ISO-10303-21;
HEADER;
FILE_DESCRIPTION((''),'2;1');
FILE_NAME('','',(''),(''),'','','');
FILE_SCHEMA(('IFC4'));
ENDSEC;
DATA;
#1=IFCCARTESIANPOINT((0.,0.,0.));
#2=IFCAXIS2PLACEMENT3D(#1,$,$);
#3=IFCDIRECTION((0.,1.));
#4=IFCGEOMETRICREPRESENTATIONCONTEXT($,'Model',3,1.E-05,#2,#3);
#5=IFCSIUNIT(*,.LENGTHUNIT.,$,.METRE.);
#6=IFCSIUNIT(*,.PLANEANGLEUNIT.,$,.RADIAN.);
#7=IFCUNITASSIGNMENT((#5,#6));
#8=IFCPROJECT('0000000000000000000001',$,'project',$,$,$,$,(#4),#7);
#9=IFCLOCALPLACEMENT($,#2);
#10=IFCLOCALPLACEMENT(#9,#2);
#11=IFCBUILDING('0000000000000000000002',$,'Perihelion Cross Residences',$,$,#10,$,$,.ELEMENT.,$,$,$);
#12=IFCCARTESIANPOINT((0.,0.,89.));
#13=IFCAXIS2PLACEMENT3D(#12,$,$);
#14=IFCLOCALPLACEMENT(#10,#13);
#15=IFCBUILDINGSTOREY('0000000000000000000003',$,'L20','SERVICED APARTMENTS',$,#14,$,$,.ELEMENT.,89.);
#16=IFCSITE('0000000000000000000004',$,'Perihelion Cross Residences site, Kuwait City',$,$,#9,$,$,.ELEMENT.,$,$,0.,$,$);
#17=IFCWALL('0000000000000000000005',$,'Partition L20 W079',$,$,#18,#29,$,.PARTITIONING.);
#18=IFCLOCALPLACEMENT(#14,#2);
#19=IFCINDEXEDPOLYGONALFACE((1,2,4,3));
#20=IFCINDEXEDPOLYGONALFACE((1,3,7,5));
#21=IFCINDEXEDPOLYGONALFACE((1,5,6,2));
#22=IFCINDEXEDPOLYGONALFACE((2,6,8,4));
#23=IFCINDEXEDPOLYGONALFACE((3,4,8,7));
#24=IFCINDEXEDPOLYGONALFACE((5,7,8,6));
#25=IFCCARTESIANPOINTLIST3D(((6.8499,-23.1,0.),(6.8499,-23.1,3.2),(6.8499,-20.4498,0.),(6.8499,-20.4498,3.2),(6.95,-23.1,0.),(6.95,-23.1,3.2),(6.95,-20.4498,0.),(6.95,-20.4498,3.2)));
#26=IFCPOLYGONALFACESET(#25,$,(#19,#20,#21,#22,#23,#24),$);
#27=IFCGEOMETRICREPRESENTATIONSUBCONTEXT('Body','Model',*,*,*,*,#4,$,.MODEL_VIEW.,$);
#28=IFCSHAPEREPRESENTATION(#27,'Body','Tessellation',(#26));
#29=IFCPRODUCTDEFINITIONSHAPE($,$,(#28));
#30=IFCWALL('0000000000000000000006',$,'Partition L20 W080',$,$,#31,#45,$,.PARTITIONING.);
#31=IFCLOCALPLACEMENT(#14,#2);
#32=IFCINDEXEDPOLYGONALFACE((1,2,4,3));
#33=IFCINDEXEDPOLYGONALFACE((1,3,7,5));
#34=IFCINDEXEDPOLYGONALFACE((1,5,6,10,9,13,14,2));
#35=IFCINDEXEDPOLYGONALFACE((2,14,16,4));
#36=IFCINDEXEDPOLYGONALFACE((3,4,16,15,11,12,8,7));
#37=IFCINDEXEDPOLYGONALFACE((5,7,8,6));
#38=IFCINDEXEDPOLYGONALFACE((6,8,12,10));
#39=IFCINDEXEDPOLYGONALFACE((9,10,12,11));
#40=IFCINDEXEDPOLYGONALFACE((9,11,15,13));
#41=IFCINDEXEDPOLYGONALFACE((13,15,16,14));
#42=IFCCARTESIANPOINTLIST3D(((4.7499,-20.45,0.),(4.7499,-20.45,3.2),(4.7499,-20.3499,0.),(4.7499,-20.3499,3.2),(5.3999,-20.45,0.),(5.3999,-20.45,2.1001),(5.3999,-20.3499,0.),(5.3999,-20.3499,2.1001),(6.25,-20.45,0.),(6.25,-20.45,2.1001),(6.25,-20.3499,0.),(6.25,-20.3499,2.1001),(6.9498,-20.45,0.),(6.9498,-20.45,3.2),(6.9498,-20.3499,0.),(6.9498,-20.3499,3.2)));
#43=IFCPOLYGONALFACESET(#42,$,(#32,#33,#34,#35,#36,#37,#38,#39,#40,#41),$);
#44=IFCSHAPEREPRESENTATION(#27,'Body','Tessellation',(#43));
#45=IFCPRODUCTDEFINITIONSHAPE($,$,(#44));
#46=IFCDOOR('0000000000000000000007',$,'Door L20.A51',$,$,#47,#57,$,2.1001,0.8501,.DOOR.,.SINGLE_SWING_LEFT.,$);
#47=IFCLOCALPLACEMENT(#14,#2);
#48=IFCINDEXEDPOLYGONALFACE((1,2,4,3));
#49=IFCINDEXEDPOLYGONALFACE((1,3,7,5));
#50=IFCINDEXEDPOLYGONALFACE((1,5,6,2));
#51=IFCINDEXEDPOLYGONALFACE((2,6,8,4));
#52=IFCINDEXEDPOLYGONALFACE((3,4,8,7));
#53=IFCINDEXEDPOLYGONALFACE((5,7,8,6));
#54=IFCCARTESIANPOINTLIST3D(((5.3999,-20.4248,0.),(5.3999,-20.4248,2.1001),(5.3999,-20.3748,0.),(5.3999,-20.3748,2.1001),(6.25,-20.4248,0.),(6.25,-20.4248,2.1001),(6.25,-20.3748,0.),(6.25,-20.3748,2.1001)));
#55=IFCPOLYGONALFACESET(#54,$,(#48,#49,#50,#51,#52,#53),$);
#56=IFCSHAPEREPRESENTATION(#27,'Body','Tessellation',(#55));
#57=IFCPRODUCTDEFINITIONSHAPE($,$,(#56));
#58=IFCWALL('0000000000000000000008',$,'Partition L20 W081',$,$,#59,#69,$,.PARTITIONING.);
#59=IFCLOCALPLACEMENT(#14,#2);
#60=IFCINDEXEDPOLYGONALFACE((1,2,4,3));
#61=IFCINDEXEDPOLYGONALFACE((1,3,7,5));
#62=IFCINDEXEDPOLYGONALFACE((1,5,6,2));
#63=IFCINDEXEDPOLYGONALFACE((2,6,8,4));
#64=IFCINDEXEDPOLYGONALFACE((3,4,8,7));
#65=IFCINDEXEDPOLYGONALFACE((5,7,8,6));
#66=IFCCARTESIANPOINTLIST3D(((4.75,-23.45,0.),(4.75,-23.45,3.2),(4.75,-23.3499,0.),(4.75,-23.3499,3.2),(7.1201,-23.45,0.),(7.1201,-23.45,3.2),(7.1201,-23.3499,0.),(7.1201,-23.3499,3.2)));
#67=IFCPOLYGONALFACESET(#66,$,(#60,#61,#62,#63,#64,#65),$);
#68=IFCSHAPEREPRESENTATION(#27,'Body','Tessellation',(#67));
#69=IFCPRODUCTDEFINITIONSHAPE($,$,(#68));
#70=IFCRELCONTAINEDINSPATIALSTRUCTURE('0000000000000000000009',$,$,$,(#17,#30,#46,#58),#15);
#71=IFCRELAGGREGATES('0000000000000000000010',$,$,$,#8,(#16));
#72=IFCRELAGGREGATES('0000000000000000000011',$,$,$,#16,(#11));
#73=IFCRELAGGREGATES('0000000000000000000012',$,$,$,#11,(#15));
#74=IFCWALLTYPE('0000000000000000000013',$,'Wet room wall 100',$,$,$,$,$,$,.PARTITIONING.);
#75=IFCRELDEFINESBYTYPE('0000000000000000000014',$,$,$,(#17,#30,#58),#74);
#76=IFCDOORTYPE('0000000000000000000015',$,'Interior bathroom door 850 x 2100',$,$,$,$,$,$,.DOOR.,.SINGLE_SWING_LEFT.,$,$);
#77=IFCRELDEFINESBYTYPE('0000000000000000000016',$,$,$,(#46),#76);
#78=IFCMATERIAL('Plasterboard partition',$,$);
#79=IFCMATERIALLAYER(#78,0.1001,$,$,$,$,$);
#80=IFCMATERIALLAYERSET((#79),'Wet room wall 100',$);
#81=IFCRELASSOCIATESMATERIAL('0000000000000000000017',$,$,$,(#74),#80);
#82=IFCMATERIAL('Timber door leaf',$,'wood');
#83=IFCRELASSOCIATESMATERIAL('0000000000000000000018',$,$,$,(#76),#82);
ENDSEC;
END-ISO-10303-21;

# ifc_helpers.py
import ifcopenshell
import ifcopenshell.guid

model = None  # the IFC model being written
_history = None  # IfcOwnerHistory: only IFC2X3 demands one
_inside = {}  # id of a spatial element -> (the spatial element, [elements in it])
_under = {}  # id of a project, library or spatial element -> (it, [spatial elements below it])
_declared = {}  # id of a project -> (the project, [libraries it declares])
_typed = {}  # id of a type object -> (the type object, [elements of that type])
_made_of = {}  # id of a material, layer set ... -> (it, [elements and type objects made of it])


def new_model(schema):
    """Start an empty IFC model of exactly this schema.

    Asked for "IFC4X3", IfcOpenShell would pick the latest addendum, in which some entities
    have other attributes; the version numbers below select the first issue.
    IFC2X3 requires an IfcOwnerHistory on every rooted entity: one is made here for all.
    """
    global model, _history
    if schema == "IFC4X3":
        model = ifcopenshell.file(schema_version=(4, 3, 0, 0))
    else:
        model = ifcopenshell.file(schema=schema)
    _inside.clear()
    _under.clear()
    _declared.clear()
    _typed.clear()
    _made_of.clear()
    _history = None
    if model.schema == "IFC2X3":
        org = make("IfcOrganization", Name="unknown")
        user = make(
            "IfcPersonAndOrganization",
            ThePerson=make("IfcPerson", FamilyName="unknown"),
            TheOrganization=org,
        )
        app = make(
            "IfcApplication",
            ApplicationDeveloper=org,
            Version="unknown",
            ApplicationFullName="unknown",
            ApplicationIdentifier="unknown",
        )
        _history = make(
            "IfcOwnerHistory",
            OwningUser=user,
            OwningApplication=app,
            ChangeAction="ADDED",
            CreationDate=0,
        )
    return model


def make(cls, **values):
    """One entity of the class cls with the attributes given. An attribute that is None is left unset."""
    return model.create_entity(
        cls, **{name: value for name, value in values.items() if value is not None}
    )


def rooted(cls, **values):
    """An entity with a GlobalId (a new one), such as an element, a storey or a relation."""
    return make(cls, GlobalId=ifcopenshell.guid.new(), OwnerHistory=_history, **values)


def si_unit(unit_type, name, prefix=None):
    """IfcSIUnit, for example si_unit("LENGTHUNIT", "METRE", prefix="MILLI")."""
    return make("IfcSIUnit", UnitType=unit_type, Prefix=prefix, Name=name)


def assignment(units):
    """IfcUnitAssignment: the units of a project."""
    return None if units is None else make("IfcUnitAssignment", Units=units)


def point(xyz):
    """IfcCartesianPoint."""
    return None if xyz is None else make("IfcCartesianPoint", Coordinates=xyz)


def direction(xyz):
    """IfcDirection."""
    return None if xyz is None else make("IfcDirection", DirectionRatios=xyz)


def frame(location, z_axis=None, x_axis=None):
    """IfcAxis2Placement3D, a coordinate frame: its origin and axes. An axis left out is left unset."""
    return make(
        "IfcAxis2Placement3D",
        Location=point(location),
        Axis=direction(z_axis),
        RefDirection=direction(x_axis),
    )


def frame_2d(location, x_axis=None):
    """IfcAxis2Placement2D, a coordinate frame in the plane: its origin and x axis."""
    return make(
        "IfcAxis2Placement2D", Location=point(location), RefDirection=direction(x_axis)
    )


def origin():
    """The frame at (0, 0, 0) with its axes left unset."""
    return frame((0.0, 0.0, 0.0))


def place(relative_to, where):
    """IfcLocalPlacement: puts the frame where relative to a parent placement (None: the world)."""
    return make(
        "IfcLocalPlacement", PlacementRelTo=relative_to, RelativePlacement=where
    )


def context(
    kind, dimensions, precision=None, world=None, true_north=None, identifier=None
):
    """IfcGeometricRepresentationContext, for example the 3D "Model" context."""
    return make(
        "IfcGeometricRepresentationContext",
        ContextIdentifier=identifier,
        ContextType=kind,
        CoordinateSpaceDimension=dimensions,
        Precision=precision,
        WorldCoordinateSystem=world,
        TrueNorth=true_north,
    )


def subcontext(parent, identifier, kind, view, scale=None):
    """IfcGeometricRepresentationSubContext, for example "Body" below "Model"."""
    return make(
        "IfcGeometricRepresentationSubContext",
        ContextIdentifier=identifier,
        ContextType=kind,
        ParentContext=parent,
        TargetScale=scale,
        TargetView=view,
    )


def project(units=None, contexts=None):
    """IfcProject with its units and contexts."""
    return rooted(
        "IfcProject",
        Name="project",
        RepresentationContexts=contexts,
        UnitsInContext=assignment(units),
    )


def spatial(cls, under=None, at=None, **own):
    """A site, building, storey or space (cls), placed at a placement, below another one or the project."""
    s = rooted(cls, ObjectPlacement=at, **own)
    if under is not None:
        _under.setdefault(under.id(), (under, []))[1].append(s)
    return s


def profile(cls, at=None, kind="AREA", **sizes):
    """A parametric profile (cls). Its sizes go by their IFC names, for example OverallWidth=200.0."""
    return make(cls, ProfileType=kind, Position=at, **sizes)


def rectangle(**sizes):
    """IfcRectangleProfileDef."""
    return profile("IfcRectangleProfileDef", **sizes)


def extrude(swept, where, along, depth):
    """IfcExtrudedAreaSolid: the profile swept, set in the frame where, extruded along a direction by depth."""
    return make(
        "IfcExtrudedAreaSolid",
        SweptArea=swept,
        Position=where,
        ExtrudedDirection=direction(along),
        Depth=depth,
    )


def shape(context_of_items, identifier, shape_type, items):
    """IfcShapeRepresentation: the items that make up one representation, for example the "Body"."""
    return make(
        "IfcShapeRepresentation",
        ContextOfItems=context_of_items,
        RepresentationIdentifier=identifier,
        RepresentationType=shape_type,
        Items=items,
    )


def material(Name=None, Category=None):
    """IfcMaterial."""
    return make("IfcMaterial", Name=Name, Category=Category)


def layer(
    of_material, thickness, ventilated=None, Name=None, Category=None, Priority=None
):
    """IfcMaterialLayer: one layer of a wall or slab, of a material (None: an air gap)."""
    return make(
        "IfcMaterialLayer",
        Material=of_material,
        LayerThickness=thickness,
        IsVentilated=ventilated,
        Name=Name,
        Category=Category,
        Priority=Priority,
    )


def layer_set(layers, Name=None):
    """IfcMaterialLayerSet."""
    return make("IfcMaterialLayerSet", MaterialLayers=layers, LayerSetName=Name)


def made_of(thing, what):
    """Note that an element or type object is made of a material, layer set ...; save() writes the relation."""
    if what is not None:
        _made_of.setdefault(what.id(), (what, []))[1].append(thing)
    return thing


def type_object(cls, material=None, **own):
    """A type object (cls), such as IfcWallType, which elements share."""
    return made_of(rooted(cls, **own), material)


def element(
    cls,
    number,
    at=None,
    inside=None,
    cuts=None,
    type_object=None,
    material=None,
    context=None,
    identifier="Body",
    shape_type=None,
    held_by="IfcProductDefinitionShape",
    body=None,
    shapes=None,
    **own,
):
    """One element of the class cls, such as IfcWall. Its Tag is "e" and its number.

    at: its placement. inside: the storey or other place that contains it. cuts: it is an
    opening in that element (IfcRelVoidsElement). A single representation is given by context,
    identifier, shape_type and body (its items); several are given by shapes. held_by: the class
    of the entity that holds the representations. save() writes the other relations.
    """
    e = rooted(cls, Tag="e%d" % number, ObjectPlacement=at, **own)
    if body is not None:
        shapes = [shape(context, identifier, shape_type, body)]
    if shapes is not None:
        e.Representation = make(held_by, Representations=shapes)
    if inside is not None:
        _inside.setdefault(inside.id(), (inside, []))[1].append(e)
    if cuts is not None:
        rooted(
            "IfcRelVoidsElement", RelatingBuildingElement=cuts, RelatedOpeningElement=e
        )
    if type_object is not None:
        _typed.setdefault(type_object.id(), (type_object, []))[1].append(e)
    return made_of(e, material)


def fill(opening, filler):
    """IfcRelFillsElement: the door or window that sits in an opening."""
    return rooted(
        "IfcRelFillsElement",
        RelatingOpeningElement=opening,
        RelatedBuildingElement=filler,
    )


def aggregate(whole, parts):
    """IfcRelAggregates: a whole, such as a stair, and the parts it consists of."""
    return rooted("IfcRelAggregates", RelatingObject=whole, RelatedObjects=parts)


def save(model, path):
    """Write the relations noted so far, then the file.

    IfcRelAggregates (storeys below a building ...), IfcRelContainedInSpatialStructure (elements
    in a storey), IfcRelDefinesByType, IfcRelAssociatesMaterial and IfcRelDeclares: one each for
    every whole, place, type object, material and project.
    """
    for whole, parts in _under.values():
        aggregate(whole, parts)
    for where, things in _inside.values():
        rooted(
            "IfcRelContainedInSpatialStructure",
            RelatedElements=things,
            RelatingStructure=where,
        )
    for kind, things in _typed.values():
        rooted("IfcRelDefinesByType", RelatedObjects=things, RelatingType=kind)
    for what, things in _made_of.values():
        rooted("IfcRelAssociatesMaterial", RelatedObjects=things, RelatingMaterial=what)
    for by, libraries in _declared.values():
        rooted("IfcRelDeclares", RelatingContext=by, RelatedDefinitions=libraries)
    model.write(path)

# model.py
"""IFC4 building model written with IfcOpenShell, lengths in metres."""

from ifc_helpers import new_model, si_unit, direction, frame, frame_2d, origin, place, context, subcontext, project, spatial, rectangle, extrude, material, layer, layer_set, type_object, element, fill, save


model = new_model("IFC4")

# Units and contexts
model_context = context("Model", 3, precision=1e-05, world=origin(), true_north=direction((0.0, 1.0)))
body_context = subcontext(model_context, "Body", "Model", "MODEL_VIEW")
ifc_project = project(units=[si_unit("LENGTHUNIT", "METRE"), si_unit("PLANEANGLEUNIT", "RADIAN")], contexts=[model_context])

# Site, building, storey
site_placement = place(None, origin())
site = spatial("IfcSite", under=ifc_project, at=site_placement, Name="Perihelion Cross Residences site, Kuwait City", CompositionType="ELEMENT", RefElevation=0.0)
building_placement = place(site_placement, origin())
building = spatial("IfcBuilding", under=site, at=building_placement, Name="Perihelion Cross Residences", CompositionType="ELEMENT")
storey_placement = place(building_placement, frame((0.0, 0.0, 89.0)))
storey = spatial("IfcBuildingStorey", under=building, at=storey_placement, Name="L20", Description="SERVICED APARTMENTS", CompositionType="ELEMENT", Elevation=89.0)

# Wall
ifc_material_1 = material(Name="Plasterboard partition")
ifc_layer_1 = layer(ifc_material_1, 0.1001)
ifc_layer_set_1 = layer_set([ifc_layer_1], Name="Wet room wall 100")
wall_type_1 = type_object("IfcWallType", Name="Wet room wall 100", PredefinedType="PARTITIONING", material=ifc_layer_set_1)
wall_1_placement = place(storey_placement, frame((6.8999, -23.1001, 0.0), z_axis=(0.0, 0.0, 1.0), x_axis=(0.0, 1.0, 0.0)))
element("IfcWall", 1, at=wall_1_placement, inside=storey, type_object=wall_type_1, Name="Partition L20 W079", PredefinedType="PARTITIONING", context=body_context, shape_type="SweptSolid", body=[
    extrude(rectangle(XDim=2.6501, YDim=0.1001, at=frame_2d((1.3252, 0.0))), origin(), (0.0, 0.0, 1.0), 3.2),
])

# Wall, opening, door
wall_2_placement = place(storey_placement, frame((6.95, -20.3999, 0.0), z_axis=(0.0, 0.0, 1.0), x_axis=(-1.0, 0.0, 0.0)))
wall_2 = element("IfcWall", 2, at=wall_2_placement, inside=storey, type_object=wall_type_1, Name="Partition L20 W080", PredefinedType="PARTITIONING", context=body_context, shape_type="SweptSolid", body=[
    extrude(rectangle(XDim=2.2, YDim=0.1001, at=frame_2d((1.1001, 0.0))), origin(), (0.0, 0.0, 1.0), 3.2),
])
opening_1_placement = place(wall_2_placement, frame((0.7, 0.0, 0.0)))
opening_1 = element("IfcOpeningElement", 3, at=opening_1_placement, cuts=wall_2, PredefinedType="OPENING", context=body_context, shape_type="SweptSolid", body=[
    extrude(rectangle(XDim=0.8501, YDim=2.1001, at=frame_2d((0.425, 1.05))), frame((0.0, 0.0601, 0.0), z_axis=(0.0, -1.0, 0.0), x_axis=(1.0, 0.0, 0.0)), (0.0, 0.0, 1.0), 0.1201),
])
ifc_material_2 = material(Name="Timber door leaf", Category="wood")
door_type_1 = type_object("IfcDoorType", Name="Interior bathroom door 850 x 2100", OperationType="SINGLE_SWING_LEFT", PredefinedType="DOOR", material=ifc_material_2)
door_1_placement = place(opening_1_placement, origin())
door_1 = element("IfcDoor", 4, at=door_1_placement, inside=storey, type_object=door_type_1, Name="Door L20.A51", OperationType="SINGLE_SWING_LEFT", OverallHeight=2.1001, OverallWidth=0.8501, PredefinedType="DOOR", context=body_context, shape_type="SweptSolid", body=[
    extrude(rectangle(XDim=0.8501, YDim=2.1001, at=frame_2d((0.425, 1.05))), frame((0.0, 0.0249, 0.0), z_axis=(0.0, -1.0, 0.0), x_axis=(1.0, 0.0, 0.0)), (0.0, 0.0, 1.0), 0.05),
])
fill(opening_1, door_1)

# Wall
wall_3_placement = place(storey_placement, frame((7.1201, -23.3999, 0.0), z_axis=(0.0, 0.0, 1.0), x_axis=(-1.0, 0.0, 0.0)))
element("IfcWall", 5, at=wall_3_placement, inside=storey, type_object=wall_type_1, Name="Partition L20 W081", PredefinedType="PARTITIONING", context=body_context, shape_type="SweptSolid", body=[
    extrude(rectangle(XDim=2.3701, YDim=0.1001, at=frame_2d((1.1851, 0.0))), origin(), (0.0, 0.0, 1.0), 3.2),
])

save(model, "model.ifc")
